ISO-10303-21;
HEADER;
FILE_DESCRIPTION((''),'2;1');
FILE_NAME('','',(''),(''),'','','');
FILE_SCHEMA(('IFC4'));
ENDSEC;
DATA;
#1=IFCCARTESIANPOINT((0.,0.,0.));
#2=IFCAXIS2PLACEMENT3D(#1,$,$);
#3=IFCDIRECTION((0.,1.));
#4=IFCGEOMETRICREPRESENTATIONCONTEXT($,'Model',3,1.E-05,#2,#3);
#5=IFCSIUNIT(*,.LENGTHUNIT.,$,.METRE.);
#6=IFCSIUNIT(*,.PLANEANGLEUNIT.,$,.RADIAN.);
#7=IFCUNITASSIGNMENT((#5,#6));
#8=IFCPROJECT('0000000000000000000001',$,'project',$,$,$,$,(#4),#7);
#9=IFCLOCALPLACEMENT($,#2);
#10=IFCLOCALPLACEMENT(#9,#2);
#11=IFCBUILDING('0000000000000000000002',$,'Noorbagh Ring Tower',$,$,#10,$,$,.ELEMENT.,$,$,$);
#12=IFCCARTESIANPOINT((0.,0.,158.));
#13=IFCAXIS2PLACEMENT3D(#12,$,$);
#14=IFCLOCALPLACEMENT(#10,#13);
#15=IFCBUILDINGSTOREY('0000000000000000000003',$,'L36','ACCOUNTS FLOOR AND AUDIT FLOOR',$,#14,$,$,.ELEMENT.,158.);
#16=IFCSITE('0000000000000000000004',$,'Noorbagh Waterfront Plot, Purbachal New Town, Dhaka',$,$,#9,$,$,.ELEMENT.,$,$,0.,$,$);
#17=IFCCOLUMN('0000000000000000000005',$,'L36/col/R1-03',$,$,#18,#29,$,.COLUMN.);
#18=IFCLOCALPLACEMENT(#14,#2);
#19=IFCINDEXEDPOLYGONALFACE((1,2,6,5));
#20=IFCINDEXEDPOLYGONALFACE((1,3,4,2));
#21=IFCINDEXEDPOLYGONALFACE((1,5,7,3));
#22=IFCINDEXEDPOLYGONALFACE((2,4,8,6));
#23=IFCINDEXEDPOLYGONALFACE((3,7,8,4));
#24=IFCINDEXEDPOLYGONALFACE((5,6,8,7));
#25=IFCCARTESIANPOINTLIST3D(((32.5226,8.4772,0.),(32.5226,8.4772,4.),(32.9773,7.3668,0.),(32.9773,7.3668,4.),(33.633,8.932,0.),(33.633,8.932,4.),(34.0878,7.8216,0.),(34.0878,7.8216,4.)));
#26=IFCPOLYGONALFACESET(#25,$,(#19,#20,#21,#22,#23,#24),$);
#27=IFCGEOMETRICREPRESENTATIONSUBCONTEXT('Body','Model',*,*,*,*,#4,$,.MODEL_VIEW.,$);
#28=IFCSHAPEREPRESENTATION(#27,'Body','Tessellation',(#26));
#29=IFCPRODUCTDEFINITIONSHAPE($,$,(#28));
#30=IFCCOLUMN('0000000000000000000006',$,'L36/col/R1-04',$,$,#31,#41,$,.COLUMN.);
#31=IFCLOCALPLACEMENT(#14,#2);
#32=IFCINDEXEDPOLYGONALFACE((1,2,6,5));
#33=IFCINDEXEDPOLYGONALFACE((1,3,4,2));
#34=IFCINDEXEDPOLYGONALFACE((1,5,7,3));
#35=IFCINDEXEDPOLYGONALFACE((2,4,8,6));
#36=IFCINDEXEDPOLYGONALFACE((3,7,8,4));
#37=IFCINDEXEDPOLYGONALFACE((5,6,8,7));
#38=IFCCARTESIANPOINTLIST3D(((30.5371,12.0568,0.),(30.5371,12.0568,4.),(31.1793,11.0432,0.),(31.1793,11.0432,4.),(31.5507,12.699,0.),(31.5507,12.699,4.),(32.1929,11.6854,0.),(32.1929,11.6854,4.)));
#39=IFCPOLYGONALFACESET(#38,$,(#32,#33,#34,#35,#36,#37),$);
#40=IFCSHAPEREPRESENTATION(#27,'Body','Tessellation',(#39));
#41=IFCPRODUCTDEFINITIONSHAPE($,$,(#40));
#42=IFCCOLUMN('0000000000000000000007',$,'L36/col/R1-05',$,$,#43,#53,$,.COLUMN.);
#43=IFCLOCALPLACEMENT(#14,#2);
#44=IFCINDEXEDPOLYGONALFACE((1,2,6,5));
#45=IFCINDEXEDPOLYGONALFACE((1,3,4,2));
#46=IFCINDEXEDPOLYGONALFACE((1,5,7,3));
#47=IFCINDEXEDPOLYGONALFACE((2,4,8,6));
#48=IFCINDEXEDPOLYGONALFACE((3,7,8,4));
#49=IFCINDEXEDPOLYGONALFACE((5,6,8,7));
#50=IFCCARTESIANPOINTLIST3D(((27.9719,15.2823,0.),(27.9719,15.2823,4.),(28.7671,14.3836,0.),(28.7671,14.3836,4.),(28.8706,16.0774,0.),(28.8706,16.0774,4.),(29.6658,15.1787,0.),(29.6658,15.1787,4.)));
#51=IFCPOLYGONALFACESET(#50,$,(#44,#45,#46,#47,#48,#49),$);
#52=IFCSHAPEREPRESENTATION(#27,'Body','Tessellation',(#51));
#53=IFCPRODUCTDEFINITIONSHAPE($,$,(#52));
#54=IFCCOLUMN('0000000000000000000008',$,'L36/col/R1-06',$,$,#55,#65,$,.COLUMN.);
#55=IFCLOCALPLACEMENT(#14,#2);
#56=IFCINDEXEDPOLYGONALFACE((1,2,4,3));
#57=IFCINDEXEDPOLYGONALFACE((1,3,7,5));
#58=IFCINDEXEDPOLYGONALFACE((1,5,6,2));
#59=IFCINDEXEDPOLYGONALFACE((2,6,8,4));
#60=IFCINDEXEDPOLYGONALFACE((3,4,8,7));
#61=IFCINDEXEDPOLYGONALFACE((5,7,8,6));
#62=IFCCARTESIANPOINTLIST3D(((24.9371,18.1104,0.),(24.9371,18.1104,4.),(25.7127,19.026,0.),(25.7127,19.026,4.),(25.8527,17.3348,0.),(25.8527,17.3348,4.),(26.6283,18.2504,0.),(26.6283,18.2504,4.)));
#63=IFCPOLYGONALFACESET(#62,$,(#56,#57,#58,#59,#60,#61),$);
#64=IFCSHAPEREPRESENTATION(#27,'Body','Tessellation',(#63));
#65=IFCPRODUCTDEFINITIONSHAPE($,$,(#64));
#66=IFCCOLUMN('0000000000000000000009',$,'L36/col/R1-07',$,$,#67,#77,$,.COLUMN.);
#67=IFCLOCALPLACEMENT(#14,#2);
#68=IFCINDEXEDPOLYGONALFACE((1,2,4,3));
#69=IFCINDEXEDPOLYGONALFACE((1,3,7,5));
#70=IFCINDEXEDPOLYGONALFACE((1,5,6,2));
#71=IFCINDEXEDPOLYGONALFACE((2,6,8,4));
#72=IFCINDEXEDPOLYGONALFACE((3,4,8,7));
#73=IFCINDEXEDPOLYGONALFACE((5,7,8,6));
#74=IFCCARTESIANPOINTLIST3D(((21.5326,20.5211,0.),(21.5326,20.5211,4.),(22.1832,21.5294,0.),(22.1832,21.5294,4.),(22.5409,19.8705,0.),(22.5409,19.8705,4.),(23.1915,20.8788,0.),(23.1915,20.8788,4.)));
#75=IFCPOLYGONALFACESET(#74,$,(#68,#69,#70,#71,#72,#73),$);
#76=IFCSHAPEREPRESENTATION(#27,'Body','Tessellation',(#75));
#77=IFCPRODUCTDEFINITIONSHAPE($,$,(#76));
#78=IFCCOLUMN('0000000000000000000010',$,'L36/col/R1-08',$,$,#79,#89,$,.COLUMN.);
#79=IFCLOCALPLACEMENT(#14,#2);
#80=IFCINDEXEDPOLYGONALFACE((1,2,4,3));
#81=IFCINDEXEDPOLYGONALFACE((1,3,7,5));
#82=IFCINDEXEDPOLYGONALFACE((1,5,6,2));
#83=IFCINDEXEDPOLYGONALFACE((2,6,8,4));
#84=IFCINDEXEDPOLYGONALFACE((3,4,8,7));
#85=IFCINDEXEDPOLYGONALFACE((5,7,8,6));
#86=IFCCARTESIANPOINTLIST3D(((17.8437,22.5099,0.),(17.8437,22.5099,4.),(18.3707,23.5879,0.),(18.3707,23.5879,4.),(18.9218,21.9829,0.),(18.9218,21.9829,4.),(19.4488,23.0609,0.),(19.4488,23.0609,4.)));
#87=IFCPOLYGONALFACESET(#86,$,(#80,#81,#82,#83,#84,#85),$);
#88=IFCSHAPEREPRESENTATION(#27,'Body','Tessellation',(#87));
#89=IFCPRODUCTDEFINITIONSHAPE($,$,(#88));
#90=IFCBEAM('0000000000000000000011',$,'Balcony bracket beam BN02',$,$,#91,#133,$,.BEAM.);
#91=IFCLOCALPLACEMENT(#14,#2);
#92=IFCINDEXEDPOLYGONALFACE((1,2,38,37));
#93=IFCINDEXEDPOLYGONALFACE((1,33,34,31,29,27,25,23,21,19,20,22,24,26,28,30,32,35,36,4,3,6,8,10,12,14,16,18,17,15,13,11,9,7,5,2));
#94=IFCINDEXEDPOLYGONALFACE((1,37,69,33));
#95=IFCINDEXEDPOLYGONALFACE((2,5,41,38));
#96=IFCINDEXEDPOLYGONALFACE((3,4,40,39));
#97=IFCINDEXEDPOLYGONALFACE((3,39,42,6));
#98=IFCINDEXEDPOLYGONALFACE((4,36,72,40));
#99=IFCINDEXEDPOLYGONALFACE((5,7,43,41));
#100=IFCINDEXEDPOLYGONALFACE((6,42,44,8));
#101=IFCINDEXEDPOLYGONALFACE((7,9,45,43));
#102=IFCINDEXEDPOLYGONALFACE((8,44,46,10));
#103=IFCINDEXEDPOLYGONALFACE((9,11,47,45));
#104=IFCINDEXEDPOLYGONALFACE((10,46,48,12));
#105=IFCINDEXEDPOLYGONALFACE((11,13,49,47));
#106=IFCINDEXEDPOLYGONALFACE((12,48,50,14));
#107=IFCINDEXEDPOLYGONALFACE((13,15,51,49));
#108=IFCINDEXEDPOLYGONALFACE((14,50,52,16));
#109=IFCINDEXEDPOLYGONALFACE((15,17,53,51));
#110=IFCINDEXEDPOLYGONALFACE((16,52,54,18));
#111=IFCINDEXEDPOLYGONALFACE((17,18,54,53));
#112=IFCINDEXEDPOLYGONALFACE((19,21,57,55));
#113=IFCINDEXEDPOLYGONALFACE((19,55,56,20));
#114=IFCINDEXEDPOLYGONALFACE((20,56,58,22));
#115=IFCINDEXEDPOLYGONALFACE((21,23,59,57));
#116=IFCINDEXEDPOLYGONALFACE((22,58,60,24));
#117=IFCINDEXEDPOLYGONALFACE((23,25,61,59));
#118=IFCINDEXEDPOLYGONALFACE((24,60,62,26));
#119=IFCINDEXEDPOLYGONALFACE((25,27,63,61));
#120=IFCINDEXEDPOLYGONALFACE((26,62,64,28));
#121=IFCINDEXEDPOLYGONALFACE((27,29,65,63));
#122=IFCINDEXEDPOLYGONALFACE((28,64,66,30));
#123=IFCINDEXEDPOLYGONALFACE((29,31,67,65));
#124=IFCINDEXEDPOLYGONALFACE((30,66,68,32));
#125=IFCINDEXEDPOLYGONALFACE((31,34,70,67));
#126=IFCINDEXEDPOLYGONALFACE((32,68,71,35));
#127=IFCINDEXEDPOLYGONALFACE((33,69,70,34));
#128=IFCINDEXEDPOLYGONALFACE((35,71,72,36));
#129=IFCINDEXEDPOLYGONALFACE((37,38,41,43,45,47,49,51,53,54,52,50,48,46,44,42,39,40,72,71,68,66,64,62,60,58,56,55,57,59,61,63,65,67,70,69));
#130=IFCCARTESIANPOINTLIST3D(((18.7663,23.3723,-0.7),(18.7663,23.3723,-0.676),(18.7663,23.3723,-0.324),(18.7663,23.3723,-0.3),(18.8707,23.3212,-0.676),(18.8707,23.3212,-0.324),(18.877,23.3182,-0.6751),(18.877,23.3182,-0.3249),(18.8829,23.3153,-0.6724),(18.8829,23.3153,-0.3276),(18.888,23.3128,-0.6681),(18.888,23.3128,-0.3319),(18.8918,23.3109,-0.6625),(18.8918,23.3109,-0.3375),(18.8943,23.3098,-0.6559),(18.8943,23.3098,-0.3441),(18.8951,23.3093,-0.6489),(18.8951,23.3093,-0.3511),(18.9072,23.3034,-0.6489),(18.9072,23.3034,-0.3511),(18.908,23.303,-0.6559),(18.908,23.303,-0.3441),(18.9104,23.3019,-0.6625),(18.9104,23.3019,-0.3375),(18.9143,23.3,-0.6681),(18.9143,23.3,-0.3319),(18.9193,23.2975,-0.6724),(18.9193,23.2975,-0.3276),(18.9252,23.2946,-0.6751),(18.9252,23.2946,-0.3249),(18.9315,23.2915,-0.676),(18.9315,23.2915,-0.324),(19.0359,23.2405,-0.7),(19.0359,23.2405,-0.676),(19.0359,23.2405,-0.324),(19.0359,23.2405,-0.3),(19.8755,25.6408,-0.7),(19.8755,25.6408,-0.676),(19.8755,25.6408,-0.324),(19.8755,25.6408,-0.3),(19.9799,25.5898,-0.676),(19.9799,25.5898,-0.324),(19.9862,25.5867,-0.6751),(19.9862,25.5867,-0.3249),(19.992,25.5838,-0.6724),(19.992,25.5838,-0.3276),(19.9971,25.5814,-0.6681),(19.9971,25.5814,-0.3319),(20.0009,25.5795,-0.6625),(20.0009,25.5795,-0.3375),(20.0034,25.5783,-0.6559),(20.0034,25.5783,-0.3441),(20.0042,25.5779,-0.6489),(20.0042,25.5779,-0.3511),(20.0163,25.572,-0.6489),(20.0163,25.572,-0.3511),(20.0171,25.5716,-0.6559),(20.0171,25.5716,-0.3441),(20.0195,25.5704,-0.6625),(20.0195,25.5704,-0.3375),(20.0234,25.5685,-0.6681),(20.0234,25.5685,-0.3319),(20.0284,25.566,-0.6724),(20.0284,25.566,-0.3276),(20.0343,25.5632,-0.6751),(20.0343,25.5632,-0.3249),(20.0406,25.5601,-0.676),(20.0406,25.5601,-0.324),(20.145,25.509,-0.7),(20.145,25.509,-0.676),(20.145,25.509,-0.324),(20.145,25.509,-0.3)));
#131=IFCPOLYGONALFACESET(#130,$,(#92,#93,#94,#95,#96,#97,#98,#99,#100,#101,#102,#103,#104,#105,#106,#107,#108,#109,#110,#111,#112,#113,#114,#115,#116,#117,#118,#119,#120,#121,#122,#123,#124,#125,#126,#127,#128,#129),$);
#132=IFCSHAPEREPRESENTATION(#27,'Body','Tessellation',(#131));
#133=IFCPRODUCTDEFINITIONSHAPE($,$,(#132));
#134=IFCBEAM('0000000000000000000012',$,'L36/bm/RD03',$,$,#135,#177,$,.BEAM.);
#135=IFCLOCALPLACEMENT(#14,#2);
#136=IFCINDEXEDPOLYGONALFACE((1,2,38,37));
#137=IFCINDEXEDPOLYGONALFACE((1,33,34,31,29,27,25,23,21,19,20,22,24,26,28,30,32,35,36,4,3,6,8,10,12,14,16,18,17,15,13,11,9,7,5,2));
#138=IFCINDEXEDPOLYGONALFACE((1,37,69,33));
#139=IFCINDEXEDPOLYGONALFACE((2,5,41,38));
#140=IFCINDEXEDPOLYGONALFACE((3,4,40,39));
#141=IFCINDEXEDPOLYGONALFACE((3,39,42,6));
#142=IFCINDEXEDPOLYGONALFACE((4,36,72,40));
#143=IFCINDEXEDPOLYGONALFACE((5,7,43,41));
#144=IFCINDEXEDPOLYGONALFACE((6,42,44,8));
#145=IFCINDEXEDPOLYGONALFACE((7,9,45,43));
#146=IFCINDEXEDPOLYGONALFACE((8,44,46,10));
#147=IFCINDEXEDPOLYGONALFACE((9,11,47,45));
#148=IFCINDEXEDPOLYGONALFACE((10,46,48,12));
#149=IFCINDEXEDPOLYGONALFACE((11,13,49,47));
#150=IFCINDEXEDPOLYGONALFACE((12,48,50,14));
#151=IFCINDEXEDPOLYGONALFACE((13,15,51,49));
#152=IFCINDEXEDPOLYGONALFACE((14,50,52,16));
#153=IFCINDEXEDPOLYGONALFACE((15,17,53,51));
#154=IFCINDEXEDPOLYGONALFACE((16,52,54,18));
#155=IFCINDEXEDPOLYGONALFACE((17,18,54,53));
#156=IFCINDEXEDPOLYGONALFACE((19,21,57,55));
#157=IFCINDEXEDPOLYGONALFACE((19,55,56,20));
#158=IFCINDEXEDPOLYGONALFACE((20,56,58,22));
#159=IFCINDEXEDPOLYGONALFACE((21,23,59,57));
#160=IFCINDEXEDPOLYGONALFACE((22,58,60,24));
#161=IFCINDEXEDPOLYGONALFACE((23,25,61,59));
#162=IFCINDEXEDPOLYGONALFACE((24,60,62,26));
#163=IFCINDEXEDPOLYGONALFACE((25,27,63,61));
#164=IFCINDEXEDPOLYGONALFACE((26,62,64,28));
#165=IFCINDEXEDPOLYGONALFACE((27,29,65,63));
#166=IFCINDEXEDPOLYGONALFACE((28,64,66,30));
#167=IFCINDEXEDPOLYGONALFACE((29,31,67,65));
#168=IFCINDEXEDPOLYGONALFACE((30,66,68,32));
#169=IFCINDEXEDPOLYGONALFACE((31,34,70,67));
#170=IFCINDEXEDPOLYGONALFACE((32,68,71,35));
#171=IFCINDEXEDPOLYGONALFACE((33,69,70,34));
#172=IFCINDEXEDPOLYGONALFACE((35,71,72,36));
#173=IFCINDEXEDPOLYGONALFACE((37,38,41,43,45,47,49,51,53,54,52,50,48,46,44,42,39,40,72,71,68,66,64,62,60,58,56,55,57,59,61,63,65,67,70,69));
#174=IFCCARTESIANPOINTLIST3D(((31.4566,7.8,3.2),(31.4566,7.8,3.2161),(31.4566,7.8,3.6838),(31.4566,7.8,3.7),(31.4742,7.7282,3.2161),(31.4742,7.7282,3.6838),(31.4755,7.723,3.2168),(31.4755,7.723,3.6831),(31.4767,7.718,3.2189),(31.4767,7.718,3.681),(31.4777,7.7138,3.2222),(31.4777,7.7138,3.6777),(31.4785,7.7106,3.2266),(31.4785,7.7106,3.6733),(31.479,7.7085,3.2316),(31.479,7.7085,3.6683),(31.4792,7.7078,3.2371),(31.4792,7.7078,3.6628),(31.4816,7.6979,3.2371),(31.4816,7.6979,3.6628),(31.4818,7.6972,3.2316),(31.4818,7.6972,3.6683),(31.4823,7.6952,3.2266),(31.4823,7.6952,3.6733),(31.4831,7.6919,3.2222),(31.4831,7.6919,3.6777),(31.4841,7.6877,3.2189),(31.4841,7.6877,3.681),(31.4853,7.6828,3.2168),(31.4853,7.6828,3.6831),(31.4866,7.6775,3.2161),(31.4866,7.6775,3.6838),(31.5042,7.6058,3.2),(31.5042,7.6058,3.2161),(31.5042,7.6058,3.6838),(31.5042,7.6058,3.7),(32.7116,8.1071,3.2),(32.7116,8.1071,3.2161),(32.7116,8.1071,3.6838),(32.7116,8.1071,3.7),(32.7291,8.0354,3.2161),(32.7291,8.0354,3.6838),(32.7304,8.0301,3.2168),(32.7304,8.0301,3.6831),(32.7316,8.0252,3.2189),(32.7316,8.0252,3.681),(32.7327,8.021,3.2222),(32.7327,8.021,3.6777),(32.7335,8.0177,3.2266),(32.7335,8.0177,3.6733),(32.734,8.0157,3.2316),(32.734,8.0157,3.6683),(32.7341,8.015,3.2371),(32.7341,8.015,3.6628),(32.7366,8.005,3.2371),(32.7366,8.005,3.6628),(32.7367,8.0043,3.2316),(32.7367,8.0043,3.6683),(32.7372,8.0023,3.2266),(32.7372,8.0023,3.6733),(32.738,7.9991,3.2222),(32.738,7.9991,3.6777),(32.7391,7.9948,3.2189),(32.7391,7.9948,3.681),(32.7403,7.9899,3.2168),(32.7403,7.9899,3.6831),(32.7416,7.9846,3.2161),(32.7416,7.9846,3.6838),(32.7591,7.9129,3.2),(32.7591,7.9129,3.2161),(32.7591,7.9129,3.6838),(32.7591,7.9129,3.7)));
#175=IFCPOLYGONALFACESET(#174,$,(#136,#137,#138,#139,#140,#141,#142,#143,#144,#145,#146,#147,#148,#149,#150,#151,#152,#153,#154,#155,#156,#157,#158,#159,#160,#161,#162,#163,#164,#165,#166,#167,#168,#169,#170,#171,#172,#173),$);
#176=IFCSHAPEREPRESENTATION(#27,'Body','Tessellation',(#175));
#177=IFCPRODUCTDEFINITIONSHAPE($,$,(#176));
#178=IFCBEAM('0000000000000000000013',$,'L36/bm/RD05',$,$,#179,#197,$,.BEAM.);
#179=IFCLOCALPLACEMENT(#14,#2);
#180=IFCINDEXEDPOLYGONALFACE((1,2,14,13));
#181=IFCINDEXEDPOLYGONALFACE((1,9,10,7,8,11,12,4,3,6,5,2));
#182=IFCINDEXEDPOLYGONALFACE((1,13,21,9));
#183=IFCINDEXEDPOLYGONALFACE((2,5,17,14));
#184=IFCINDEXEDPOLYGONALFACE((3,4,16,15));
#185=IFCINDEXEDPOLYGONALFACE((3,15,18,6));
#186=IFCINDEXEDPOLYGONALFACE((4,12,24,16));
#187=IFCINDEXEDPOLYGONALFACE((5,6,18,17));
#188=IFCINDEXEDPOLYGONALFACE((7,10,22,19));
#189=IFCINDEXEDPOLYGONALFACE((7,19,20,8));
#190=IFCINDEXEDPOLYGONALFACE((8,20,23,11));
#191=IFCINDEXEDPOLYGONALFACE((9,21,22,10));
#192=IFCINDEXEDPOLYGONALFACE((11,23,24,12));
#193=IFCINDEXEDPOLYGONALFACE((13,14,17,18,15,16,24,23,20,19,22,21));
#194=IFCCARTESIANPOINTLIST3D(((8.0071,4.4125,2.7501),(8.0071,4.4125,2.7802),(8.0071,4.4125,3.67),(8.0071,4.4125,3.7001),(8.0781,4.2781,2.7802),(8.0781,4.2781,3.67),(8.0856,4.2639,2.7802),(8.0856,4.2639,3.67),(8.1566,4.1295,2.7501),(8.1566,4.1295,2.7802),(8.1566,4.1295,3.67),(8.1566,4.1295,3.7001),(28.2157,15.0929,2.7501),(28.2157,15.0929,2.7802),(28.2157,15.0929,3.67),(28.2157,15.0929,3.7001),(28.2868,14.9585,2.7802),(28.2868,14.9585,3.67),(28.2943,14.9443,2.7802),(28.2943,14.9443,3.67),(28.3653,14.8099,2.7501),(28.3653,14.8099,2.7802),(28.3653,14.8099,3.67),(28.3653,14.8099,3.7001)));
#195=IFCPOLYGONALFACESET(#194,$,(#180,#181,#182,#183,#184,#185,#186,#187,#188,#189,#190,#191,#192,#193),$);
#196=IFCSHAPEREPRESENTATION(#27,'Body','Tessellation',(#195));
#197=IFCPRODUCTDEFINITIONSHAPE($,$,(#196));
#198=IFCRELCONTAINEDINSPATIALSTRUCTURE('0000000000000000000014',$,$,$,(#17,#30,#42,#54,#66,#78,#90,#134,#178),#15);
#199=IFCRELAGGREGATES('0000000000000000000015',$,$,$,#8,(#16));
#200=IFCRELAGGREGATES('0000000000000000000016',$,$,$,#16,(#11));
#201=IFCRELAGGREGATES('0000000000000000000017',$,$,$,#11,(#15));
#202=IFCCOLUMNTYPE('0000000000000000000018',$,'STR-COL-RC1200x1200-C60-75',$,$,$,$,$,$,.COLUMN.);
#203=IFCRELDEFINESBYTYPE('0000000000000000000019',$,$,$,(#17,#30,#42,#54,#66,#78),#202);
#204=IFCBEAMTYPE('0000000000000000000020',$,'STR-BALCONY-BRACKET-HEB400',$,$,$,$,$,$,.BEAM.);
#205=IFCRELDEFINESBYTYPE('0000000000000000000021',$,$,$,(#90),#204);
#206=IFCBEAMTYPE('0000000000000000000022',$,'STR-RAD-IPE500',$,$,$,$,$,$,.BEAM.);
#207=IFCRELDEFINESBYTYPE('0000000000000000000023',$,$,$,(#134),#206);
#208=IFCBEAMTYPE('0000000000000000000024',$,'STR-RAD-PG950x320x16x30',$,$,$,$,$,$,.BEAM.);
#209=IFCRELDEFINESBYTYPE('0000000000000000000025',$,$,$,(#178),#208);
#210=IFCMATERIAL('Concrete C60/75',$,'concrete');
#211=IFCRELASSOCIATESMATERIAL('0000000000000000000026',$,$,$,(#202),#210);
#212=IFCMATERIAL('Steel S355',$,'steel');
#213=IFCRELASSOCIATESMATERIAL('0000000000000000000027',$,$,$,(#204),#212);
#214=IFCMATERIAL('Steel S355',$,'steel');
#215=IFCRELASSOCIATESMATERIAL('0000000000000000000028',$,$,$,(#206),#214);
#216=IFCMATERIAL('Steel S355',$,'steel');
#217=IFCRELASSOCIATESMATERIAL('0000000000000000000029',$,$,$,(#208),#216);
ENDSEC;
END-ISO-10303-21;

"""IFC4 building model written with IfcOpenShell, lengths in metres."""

from ifc_helpers import new_model, si_unit, direction, frame, origin, origin_2d, place, context, subcontext, project, spatial, rectangle, i_section, extrude, material, material_profile, profile_set, type_object, element, save


model = new_model("IFC4")

# Units and contexts
model_context = context("Model", 3, precision=1e-05, world=origin(), true_north=direction((0.0, 1.0)))
body_context = subcontext(model_context, "Body", "Model", "MODEL_VIEW")
ifc_project = project(units=[si_unit("LENGTHUNIT", "METRE"), si_unit("PLANEANGLEUNIT", "RADIAN")], contexts=[model_context])

# Site, building, storey
site_placement = place(None, origin())
site = spatial("IfcSite", under=ifc_project, at=site_placement, Name="Noorbagh Waterfront Plot, Purbachal New Town, Dhaka", CompositionType="ELEMENT", RefElevation=0.0)
building_placement = place(site_placement, origin())
building = spatial("IfcBuilding", under=site, at=building_placement, Name="Noorbagh Ring Tower", CompositionType="ELEMENT")
storey_placement = place(building_placement, frame((0.0, 0.0, 158.0)))
storey = spatial("IfcBuildingStorey", under=building, at=storey_placement, Name="L36", Description="ACCOUNTS FLOOR AND AUDIT FLOOR", CompositionType="ELEMENT", Elevation=158.0)

# Columns
ifc_material_1 = material(Name="Concrete C60/75", Category="concrete")
ifc_material_profile_1 = material_profile(ifc_material_1, rectangle(XDim=1.2, YDim=1.2, at=origin_2d()), Name="RC1200x1200")
ifc_profile_set_1 = profile_set([ifc_material_profile_1], Name="Concrete C60/75")
column_type = type_object("IfcColumnType", Name="STR-COL-RC1200x1200-C60-75", PredefinedType="COLUMN", material=ifc_profile_set_1)
for number, where, z_axis, x_axis, name in (
    (1, (33.3052, 8.1494, 0.0), (0.0, 0.0, 1.0), (-0.378989, 0.925401, 0.0), "L36/col/R1-03"),
    (2, (31.365, 11.8711, 0.0), (0.0, 0.0, 1.0), (-0.53519, 0.844731, 0.0), "L36/col/R1-04"),
    (3, (28.8188, 15.2305, 0.0), (0.0, 0.0, 1.0), (-0.662636, 0.748942, 0.0), "L36/col/R1-05"),
    (4, (25.7827, 18.1804, 0.0), (0.0, 0.0, 1.0), (-0.763035, 0.646357, 0.0), "L36/col/R1-06"),
    (5, (22.3621, 20.7, 0.0), (0.0, 0.0, 1.0), (-0.840248, 0.542203, 0.0), "L36/col/R1-07"),
    (6, (18.6462, 22.7854, 0.0), (0.0, 0.0, 1.0), (-0.898399, 0.43918, 0.0), "L36/col/R1-08"),
):
    element("IfcColumn", number, at=place(storey_placement, frame(where, z_axis=z_axis, x_axis=x_axis)), inside=storey, type_object=column_type, Name=name, PredefinedType="COLUMN", context=body_context, shape_type="SweptSolid", body=[
        extrude(rectangle(XDim=1.2, YDim=1.2, at=origin_2d()), origin(), (0.0, 0.0, 1.0), 4.0),
    ])

# Beams
ifc_material_2 = material(Name="Steel S355", Category="steel")
ifc_material_profile_2 = material_profile(ifc_material_2, i_section(OverallWidth=0.3, OverallDepth=0.3999, WebThickness=0.0134, FlangeThickness=0.0239, FilletRadius=0.0271, at=origin_2d()), Name="HEB400")
ifc_profile_set_2 = profile_set([ifc_material_profile_2], Name="Steel S355")
beam_type_1 = type_object("IfcBeamType", Name="STR-BALCONY-BRACKET-HEB400", PredefinedType="BEAM", material=ifc_profile_set_2)
beam_1_placement = place(storey_placement, frame((18.9011, 23.3064, -0.5), z_axis=(0.439229, 0.898375, 0.0), x_axis=(-0.898375, 0.439229, 0.0)))
element("IfcBeam", 7, at=beam_1_placement, inside=storey, type_object=beam_type_1, Name="Balcony bracket beam BN02", PredefinedType="BEAM", context=body_context, shape_type="SweptSolid", body=[
    extrude(i_section(OverallWidth=0.3, OverallDepth=0.3999, WebThickness=0.0134, FlangeThickness=0.0239, FilletRadius=0.0271, at=origin_2d()), origin(), (0.0, 0.0, 1.0), 2.5251),
])
ifc_material_3 = material(Name="Steel S355", Category="steel")
ifc_material_profile_3 = material_profile(ifc_material_3, i_section(OverallWidth=0.2, OverallDepth=0.5, WebThickness=0.0103, FlangeThickness=0.0161, FilletRadius=0.021, at=origin_2d()), Name="IPE500")
ifc_profile_set_3 = profile_set([ifc_material_profile_3], Name="Steel S355")
beam_type_2 = type_object("IfcBeamType", Name="STR-RAD-IPE500", PredefinedType="BEAM", material=ifc_profile_set_3)
beam_2_placement = place(storey_placement, frame((32.7354, 8.01, 3.45), z_axis=(-0.971331, -0.23773, 0.0), x_axis=(0.23773, -0.971331, 0.0)))
element("IfcBeam", 8, at=beam_2_placement, inside=storey, type_object=beam_type_2, Name="L36/bm/RD03", PredefinedType="BEAM", context=body_context, shape_type="SweptSolid", body=[
    extrude(i_section(OverallWidth=0.2, OverallDepth=0.5, WebThickness=0.0103, FlangeThickness=0.0161, FilletRadius=0.021, at=origin_2d()), origin(), (0.0, 0.0, 1.0), 1.292),
])
ifc_material_4 = material(Name="Steel S355", Category="steel")
ifc_material_profile_4 = material_profile(ifc_material_4, i_section(OverallWidth=0.3201, OverallDepth=0.95, WebThickness=0.0161, FlangeThickness=0.03, at=origin_2d()), Name="PG950x320x16x30")
ifc_profile_set_4 = profile_set([ifc_material_profile_4], Name="Steel S355")
beam_type_3 = type_object("IfcBeamType", Name="STR-RAD-PG950x320x16x30", PredefinedType="BEAM", material=ifc_profile_set_4)
beam_3_placement = place(storey_placement, frame((28.2905, 14.9514, 3.2251), z_axis=(-0.884119, -0.467261, 0.0), x_axis=(0.467261, -0.884119, 0.0)))
element("IfcBeam", 9, at=beam_3_placement, inside=storey, type_object=beam_type_3, Name="L36/bm/RD05", PredefinedType="BEAM", context=body_context, shape_type="SweptSolid", body=[
    extrude(i_section(OverallWidth=0.3201, OverallDepth=0.95, WebThickness=0.0161, FlangeThickness=0.03, at=origin_2d()), origin(), (0.0, 0.0, 1.0), 22.8574),
])

save(model, "model.ifc")
